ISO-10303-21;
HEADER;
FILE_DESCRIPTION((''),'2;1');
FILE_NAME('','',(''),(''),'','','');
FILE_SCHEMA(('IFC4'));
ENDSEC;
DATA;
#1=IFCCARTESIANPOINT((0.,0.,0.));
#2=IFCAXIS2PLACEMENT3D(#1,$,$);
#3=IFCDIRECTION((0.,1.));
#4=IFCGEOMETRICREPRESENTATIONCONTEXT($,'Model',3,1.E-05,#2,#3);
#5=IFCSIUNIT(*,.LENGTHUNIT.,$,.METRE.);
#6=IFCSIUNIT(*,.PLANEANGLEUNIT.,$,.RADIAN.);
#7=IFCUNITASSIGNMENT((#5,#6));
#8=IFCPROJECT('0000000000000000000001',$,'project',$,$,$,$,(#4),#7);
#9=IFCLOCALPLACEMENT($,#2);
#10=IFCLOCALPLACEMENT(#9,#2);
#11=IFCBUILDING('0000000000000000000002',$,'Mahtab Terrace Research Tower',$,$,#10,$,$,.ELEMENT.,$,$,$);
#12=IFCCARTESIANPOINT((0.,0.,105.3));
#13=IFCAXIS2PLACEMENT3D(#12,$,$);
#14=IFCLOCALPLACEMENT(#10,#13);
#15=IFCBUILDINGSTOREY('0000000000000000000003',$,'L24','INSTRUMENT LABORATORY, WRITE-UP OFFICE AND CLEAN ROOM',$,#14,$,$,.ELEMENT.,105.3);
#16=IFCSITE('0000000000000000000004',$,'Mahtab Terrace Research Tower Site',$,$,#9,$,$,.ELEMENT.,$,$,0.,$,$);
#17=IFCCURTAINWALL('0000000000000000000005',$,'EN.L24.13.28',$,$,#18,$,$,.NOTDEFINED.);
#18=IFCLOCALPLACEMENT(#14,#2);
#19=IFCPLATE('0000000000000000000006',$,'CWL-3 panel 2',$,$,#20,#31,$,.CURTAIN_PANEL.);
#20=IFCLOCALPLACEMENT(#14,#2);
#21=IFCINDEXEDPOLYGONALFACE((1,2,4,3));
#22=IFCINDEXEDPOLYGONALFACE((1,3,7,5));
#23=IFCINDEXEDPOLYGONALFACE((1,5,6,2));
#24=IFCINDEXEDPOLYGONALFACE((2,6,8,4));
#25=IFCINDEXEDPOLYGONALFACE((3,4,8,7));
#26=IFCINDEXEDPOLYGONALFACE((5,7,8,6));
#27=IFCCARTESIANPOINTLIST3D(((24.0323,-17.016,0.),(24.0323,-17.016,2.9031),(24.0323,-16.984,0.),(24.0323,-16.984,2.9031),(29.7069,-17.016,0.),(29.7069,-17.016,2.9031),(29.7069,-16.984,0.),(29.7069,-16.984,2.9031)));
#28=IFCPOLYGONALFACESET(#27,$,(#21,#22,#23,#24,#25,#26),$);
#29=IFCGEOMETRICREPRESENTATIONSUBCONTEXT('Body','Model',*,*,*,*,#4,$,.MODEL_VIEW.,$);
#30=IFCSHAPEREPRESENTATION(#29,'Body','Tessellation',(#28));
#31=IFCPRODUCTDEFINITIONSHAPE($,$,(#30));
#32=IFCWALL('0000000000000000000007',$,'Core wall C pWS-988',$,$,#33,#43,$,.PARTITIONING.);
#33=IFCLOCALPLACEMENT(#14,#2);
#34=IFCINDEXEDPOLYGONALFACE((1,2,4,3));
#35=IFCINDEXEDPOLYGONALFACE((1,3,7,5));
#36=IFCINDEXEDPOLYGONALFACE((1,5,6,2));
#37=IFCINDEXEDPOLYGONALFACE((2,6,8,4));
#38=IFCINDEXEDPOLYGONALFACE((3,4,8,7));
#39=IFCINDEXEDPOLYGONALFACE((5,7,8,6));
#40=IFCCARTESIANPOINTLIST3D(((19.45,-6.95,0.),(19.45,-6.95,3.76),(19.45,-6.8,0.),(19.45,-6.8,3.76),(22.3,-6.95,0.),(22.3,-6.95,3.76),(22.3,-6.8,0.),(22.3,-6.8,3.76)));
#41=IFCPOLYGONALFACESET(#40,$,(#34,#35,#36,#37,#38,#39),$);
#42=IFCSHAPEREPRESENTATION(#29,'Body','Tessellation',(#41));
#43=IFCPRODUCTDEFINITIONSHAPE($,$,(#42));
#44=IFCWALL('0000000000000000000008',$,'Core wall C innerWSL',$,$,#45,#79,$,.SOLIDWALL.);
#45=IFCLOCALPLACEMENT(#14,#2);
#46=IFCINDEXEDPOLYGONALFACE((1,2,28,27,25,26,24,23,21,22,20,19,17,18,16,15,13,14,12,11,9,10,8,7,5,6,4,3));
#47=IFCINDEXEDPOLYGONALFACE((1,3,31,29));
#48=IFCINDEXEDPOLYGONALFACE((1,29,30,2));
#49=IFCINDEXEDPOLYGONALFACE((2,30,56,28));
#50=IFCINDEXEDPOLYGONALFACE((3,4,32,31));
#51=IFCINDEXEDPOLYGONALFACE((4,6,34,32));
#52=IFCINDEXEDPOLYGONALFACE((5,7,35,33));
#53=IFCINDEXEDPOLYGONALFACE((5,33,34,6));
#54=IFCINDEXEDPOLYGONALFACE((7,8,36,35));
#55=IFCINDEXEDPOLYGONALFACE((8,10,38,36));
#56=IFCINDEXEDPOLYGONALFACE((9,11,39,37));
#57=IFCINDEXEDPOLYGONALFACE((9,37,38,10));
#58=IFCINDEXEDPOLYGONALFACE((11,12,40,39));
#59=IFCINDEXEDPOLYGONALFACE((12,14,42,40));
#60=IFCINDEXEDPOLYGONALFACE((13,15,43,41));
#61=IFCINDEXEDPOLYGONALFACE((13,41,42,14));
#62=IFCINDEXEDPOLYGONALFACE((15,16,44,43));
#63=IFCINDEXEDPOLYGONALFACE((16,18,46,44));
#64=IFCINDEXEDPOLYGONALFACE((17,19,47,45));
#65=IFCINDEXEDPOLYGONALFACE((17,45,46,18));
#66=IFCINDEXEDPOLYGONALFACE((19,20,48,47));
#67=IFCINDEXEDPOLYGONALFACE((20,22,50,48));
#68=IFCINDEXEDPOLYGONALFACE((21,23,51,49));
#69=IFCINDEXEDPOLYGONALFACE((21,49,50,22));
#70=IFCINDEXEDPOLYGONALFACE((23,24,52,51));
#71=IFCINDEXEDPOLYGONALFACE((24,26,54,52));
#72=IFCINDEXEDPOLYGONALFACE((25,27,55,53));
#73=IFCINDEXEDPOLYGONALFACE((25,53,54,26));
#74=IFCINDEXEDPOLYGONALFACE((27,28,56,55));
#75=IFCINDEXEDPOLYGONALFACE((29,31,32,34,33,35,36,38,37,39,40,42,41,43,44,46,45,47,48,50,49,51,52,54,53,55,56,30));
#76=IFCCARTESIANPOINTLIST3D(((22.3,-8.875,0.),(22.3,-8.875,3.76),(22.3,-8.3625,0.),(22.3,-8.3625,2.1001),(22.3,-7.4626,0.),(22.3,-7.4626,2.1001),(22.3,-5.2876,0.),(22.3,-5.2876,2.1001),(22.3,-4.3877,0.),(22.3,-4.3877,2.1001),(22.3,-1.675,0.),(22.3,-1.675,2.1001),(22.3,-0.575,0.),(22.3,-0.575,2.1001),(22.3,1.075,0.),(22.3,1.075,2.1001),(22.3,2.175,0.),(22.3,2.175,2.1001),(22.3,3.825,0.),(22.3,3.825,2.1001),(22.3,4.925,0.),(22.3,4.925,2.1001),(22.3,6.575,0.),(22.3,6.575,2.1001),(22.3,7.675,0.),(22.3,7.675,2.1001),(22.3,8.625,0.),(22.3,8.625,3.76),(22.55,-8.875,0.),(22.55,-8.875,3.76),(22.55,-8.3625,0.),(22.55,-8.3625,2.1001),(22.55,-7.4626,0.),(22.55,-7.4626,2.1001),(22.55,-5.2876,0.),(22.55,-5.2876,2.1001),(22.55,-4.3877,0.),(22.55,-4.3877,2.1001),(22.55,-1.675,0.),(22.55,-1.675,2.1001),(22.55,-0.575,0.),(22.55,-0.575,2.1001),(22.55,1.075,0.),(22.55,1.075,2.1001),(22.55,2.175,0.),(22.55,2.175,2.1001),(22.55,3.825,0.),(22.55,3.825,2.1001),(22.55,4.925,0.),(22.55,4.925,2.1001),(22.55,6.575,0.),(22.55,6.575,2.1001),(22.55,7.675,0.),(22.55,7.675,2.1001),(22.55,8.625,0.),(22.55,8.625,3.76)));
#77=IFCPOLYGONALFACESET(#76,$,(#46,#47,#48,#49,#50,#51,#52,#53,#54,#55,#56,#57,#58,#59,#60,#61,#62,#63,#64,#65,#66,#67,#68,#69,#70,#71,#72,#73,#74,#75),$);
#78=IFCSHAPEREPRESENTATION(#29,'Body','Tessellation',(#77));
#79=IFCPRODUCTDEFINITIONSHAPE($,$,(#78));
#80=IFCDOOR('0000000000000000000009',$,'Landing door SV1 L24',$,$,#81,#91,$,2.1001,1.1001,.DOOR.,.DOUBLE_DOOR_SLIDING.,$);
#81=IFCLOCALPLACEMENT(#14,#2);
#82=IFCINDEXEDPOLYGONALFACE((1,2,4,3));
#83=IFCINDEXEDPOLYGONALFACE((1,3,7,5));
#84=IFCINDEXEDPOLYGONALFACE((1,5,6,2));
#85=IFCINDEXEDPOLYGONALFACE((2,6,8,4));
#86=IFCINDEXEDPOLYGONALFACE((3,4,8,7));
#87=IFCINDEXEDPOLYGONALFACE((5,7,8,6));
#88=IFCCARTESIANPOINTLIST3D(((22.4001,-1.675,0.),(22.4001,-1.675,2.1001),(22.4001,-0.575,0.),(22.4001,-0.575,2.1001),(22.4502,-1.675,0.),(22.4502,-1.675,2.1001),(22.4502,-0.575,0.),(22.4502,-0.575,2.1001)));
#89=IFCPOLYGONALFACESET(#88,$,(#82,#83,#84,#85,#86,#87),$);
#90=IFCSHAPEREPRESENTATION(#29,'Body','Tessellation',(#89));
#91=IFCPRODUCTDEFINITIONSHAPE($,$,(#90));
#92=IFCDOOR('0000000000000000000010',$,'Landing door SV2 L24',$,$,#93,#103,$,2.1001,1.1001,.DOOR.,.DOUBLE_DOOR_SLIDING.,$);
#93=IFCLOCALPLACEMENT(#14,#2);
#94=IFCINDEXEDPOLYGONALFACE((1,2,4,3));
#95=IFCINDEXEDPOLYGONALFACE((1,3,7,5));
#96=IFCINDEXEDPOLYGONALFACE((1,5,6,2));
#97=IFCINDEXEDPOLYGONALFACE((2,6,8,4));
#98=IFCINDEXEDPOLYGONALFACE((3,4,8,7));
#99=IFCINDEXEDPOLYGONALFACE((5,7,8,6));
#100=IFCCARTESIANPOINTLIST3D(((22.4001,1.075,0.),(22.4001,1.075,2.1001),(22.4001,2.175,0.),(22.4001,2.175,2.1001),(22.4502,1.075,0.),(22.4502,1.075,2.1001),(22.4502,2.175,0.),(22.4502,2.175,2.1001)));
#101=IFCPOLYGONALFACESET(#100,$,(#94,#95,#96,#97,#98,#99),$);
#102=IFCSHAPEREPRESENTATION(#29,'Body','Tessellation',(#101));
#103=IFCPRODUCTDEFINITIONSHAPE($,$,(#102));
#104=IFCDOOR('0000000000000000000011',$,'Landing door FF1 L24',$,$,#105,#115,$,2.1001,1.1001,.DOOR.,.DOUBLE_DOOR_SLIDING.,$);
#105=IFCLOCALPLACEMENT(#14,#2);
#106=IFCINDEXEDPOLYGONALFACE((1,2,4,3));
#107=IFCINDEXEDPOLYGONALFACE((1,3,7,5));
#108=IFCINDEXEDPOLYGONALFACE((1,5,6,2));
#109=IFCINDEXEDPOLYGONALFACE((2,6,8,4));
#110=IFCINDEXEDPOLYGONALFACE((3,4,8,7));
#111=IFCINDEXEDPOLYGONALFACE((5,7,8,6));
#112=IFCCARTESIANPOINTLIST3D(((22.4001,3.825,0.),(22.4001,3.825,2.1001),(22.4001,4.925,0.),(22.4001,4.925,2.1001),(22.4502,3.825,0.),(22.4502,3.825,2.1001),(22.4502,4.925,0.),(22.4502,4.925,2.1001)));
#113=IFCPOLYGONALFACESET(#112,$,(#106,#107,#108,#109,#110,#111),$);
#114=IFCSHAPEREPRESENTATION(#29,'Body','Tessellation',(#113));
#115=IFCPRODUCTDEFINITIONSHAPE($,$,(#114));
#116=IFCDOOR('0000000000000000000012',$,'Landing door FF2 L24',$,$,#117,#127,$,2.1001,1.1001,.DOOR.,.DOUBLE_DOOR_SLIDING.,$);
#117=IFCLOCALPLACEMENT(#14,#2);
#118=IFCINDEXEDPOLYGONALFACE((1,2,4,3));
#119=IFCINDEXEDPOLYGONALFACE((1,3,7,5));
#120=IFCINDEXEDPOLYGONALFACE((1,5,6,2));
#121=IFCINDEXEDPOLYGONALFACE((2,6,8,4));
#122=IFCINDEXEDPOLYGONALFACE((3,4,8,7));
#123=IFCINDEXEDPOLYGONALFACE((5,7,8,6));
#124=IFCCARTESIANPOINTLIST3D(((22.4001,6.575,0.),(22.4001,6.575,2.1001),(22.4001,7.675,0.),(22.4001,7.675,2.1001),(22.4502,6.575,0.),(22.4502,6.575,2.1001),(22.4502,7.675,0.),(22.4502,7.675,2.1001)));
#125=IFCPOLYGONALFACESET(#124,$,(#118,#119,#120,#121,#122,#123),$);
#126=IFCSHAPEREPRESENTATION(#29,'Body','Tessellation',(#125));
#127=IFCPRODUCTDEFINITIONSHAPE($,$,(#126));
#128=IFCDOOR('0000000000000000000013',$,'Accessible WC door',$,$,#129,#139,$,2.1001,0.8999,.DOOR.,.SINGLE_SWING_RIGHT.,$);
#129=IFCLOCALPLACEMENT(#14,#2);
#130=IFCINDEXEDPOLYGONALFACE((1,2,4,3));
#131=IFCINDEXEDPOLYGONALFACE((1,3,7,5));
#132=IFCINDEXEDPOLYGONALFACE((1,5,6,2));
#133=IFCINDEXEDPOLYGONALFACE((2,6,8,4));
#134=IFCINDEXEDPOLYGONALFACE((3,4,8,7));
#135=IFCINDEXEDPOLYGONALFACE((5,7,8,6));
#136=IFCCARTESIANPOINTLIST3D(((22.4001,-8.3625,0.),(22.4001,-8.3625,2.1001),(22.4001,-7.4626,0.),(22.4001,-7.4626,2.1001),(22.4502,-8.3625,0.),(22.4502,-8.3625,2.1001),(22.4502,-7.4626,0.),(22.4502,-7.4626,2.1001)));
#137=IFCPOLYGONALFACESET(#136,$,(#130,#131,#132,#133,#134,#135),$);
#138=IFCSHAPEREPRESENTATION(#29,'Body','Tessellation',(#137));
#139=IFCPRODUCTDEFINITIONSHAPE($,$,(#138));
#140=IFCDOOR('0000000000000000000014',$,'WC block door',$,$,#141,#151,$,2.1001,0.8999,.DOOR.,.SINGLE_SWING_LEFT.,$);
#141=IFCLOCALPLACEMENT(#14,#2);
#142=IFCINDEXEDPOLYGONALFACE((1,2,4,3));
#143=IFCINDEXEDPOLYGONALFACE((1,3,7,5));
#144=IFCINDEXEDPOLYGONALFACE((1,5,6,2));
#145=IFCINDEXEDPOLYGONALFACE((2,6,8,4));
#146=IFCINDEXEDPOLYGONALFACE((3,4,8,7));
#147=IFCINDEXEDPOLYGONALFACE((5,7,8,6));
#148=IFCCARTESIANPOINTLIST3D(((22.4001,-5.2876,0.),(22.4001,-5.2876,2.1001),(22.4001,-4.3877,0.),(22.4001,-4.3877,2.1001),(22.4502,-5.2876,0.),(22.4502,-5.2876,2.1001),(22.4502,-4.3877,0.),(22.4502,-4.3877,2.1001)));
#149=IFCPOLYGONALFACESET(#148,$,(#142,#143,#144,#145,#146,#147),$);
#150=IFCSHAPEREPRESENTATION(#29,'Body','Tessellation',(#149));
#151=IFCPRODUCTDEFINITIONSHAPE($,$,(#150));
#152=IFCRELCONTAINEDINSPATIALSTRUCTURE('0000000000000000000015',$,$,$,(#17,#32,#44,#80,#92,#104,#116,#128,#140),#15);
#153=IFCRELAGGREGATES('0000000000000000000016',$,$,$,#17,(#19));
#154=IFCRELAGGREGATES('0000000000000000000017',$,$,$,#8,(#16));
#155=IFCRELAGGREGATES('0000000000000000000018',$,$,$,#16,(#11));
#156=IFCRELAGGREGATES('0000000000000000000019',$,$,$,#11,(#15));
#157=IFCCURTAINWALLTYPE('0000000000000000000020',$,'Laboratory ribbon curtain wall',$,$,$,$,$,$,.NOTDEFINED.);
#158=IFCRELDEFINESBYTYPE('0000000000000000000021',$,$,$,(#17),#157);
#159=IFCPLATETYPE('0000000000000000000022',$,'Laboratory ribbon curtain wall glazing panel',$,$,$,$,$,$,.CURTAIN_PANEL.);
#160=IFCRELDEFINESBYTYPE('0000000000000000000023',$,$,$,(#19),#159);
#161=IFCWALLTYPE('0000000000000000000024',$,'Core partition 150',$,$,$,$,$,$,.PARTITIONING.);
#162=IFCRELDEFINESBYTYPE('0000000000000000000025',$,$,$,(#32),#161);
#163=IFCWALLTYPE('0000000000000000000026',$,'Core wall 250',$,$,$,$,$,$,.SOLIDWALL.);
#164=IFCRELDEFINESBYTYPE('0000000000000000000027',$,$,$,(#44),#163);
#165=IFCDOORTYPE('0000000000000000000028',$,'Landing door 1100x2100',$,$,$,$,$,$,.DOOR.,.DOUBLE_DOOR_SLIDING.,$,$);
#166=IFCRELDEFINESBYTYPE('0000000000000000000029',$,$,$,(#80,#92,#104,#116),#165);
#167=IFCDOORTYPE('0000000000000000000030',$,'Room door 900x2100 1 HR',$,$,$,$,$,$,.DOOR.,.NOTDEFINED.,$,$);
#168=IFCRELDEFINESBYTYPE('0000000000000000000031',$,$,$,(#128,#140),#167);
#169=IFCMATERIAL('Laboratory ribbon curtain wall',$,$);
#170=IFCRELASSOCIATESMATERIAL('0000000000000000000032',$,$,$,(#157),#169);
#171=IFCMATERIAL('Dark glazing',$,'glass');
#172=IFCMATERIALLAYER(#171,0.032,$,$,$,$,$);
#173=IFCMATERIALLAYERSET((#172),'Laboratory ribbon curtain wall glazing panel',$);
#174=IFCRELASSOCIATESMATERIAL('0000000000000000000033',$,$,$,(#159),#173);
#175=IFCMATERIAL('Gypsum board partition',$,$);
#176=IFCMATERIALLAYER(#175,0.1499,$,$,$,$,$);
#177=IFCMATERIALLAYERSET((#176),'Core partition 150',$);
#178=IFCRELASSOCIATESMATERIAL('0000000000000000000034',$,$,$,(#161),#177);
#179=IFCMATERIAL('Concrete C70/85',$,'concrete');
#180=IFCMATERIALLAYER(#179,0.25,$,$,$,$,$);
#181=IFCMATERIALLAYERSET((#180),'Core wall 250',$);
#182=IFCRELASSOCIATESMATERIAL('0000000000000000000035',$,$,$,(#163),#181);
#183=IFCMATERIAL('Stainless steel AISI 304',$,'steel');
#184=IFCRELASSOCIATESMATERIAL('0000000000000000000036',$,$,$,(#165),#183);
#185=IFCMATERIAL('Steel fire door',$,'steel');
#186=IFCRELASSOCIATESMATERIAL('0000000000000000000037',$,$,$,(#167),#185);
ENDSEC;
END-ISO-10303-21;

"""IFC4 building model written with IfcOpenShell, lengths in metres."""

from ifc_helpers import new_model, si_unit, direction, frame, frame_2d, origin, origin_2d, place, context, subcontext, project, spatial, rectangle, extrude, material, layer, layer_set, type_object, element, fill, aggregate, save


model = new_model("IFC4")

# Units and contexts
model_context = context("Model", 3, precision=1e-05, world=origin(), true_north=direction((0.0, 1.0)))
body_context = subcontext(model_context, "Body", "Model", "MODEL_VIEW")
ifc_project = project(units=[si_unit("LENGTHUNIT", "METRE"), si_unit("PLANEANGLEUNIT", "RADIAN")], contexts=[model_context])

# Site, building, storey
site_placement = place(None, origin())
site = spatial("IfcSite", under=ifc_project, at=site_placement, Name="Mahtab Terrace Research Tower Site", CompositionType="ELEMENT", RefElevation=0.0)
building_placement = place(site_placement, origin())
building = spatial("IfcBuilding", under=site, at=building_placement, Name="Mahtab Terrace Research Tower", CompositionType="ELEMENT")
storey_placement = place(building_placement, frame((0.0, 0.0, 105.3)))
storey = spatial("IfcBuildingStorey", under=building, at=storey_placement, Name="L24", Description="INSTRUMENT LABORATORY, WRITE-UP OFFICE AND CLEAN ROOM", CompositionType="ELEMENT", Elevation=105.3)

# Shared definitions
ifc_material_1 = material(Name="Concrete C70/85", Category="concrete")

# Shared definitions
ifc_material_2 = material(Name="Laboratory ribbon curtain wall")
curtain_wall_type = type_object("IfcCurtainWallType", Name="Laboratory ribbon curtain wall", PredefinedType="NOTDEFINED", material=ifc_material_2)

# Curtain wall
curtain_wall_1_placement = place(storey_placement, origin())
curtain_wall_1 = element("IfcCurtainWall", 1, at=curtain_wall_1_placement, inside=storey, type_object=curtain_wall_type, Name="EN.L24.13.28", PredefinedType="NOTDEFINED")

# Plate
ifc_material_3 = material(Name="Dark glazing", Category="glass")
ifc_layer_1 = layer(ifc_material_3, 0.032)
ifc_layer_set_1 = layer_set([ifc_layer_1], Name="Laboratory ribbon curtain wall glazing panel")
plate_type = type_object("IfcPlateType", Name="Laboratory ribbon curtain wall glazing panel", PredefinedType="CURTAIN_PANEL", material=ifc_layer_set_1)
plate_1_placement = place(storey_placement, frame((26.8696, -17.0, 0.0), z_axis=(0.0, 0.0, 1.0), x_axis=(1.0, 0.0, 0.0)))
plate_1 = element("IfcPlate", 2, at=plate_1_placement, type_object=plate_type, Name="CWL-3 panel 2", PredefinedType="CURTAIN_PANEL", context=body_context, shape_type="SweptSolid", body=[
    extrude(rectangle(XDim=5.6746, YDim=0.032, at=origin_2d()), origin(), (0.0, 0.0, 1.0), 2.9031),
])
aggregate(curtain_wall_1, [plate_1])

# Wall
ifc_material_4 = material(Name="Gypsum board partition")
ifc_layer_2 = layer(ifc_material_4, 0.1499)
ifc_layer_set_2 = layer_set([ifc_layer_2], Name="Core partition 150")
wall_type_1 = type_object("IfcWallType", Name="Core partition 150", PredefinedType="PARTITIONING", material=ifc_layer_set_2)
wall_1_placement = place(storey_placement, frame((19.45, -6.875, 0.0), z_axis=(0.0, 0.0, 1.0), x_axis=(1.0, 0.0, 0.0)))
element("IfcWall", 3, at=wall_1_placement, inside=storey, type_object=wall_type_1, Name="Core wall C pWS-988", PredefinedType="PARTITIONING", context=body_context, shape_type="SweptSolid", body=[
    extrude(rectangle(XDim=2.8501, YDim=0.1499, at=frame_2d((1.425, 0.0))), origin(), (0.0, 0.0, 1.0), 3.76),
])

# Wall, openings, doors
ifc_layer_3 = layer(ifc_material_1, 0.25)
ifc_layer_set_3 = layer_set([ifc_layer_3], Name="Core wall 250")
wall_type_2 = type_object("IfcWallType", Name="Core wall 250", PredefinedType="SOLIDWALL", material=ifc_layer_set_3)
wall_2_placement = place(storey_placement, frame((22.425, -8.875, 0.0), z_axis=(0.0, 0.0, 1.0), x_axis=(0.0, 1.0, 0.0)))
wall_2 = element("IfcWall", 4, at=wall_2_placement, inside=storey, type_object=wall_type_2, Name="Core wall C innerWSL", PredefinedType="SOLIDWALL", context=body_context, shape_type="SweptSolid", body=[
    extrude(rectangle(XDim=17.5, YDim=0.25, at=frame_2d((8.75, 0.0))), origin(), (0.0, 0.0, 1.0), 3.76),
])
opening_1_placement = place(wall_2_placement, frame((7.2, 0.0, 0.0)))
opening_1 = element("IfcOpeningElement", 5, at=opening_1_placement, cuts=wall_2, PredefinedType="OPENING", context=body_context, shape_type="SweptSolid", body=[
    extrude(rectangle(XDim=1.1001, YDim=2.1001, at=frame_2d((0.55, 1.05))), frame((0.0, 0.135, 0.0), z_axis=(0.0, -1.0, 0.0), x_axis=(1.0, 0.0, 0.0)), (0.0, 0.0, 1.0), 0.27),
])
opening_2_placement = place(wall_2_placement, frame((9.95, 0.0, 0.0)))
opening_2 = element("IfcOpeningElement", 6, at=opening_2_placement, cuts=wall_2, PredefinedType="OPENING", context=body_context, shape_type="SweptSolid", body=[
    extrude(rectangle(XDim=1.1001, YDim=2.1001, at=frame_2d((0.55, 1.05))), frame((0.0, 0.135, 0.0), z_axis=(0.0, -1.0, 0.0), x_axis=(1.0, 0.0, 0.0)), (0.0, 0.0, 1.0), 0.27),
])
opening_3_placement = place(wall_2_placement, frame((12.7, 0.0, 0.0)))
opening_3 = element("IfcOpeningElement", 7, at=opening_3_placement, cuts=wall_2, PredefinedType="OPENING", context=body_context, shape_type="SweptSolid", body=[
    extrude(rectangle(XDim=1.1001, YDim=2.1001, at=frame_2d((0.55, 1.05))), frame((0.0, 0.135, 0.0), z_axis=(0.0, -1.0, 0.0), x_axis=(1.0, 0.0, 0.0)), (0.0, 0.0, 1.0), 0.27),
])
opening_4_placement = place(wall_2_placement, frame((15.45, 0.0, 0.0)))
opening_4 = element("IfcOpeningElement", 8, at=opening_4_placement, cuts=wall_2, PredefinedType="OPENING", context=body_context, shape_type="SweptSolid", body=[
    extrude(rectangle(XDim=1.1001, YDim=2.1001, at=frame_2d((0.55, 1.05))), frame((0.0, 0.135, 0.0), z_axis=(0.0, -1.0, 0.0), x_axis=(1.0, 0.0, 0.0)), (0.0, 0.0, 1.0), 0.27),
])
opening_5_placement = place(wall_2_placement, frame((0.5125, 0.0, 0.0)))
opening_5 = element("IfcOpeningElement", 9, at=opening_5_placement, cuts=wall_2, PredefinedType="OPENING", context=body_context, shape_type="SweptSolid", body=[
    extrude(rectangle(XDim=0.8999, YDim=2.1001, at=frame_2d((0.45, 1.05))), frame((0.0, 0.135, 0.0), z_axis=(0.0, -1.0, 0.0), x_axis=(1.0, 0.0, 0.0)), (0.0, 0.0, 1.0), 0.27),
])
opening_6_placement = place(wall_2_placement, frame((3.5874, 0.0, 0.0)))
opening_6 = element("IfcOpeningElement", 10, at=opening_6_placement, cuts=wall_2, PredefinedType="OPENING", context=body_context, shape_type="SweptSolid", body=[
    extrude(rectangle(XDim=0.8999, YDim=2.1001, at=frame_2d((0.45, 1.05))), frame((0.0, 0.135, 0.0), z_axis=(0.0, -1.0, 0.0), x_axis=(1.0, 0.0, 0.0)), (0.0, 0.0, 1.0), 0.27),
])
ifc_material_5 = material(Name="Stainless steel AISI 304", Category="steel")
door_type_1 = type_object("IfcDoorType", Name="Landing door 1100x2100", OperationType="DOUBLE_DOOR_SLIDING", PredefinedType="DOOR", material=ifc_material_5)
door_1_placement = place(opening_1_placement, origin())
door_1 = element("IfcDoor", 11, at=door_1_placement, inside=storey, type_object=door_type_1, Name="Landing door SV1 L24", OperationType="DOUBLE_DOOR_SLIDING", OverallHeight=2.1001, OverallWidth=1.1001, PredefinedType="DOOR", context=body_context, shape_type="SweptSolid", body=[
    extrude(rectangle(XDim=1.1001, YDim=2.1001, at=frame_2d((0.55, 1.05))), frame((0.0, 0.0249, 0.0), z_axis=(0.0, -1.0, 0.0), x_axis=(1.0, 0.0, 0.0)), (0.0, 0.0, 1.0), 0.05),
])
fill(opening_1, door_1)
door_2_placement = place(opening_2_placement, origin())
door_2 = element("IfcDoor", 12, at=door_2_placement, inside=storey, type_object=door_type_1, Name="Landing door SV2 L24", OperationType="DOUBLE_DOOR_SLIDING", OverallHeight=2.1001, OverallWidth=1.1001, PredefinedType="DOOR", context=body_context, shape_type="SweptSolid", body=[
    extrude(rectangle(XDim=1.1001, YDim=2.1001, at=frame_2d((0.55, 1.05))), frame((0.0, 0.0249, 0.0), z_axis=(0.0, -1.0, 0.0), x_axis=(1.0, 0.0, 0.0)), (0.0, 0.0, 1.0), 0.05),
])
fill(opening_2, door_2)
door_3_placement = place(opening_3_placement, origin())
door_3 = element("IfcDoor", 13, at=door_3_placement, inside=storey, type_object=door_type_1, Name="Landing door FF1 L24", OperationType="DOUBLE_DOOR_SLIDING", OverallHeight=2.1001, OverallWidth=1.1001, PredefinedType="DOOR", context=body_context, shape_type="SweptSolid", body=[
    extrude(rectangle(XDim=1.1001, YDim=2.1001, at=frame_2d((0.55, 1.05))), frame((0.0, 0.0249, 0.0), z_axis=(0.0, -1.0, 0.0), x_axis=(1.0, 0.0, 0.0)), (0.0, 0.0, 1.0), 0.05),
])
fill(opening_3, door_3)
door_4_placement = place(opening_4_placement, origin())
door_4 = element("IfcDoor", 14, at=door_4_placement, inside=storey, type_object=door_type_1, Name="Landing door FF2 L24", OperationType="DOUBLE_DOOR_SLIDING", OverallHeight=2.1001, OverallWidth=1.1001, PredefinedType="DOOR", context=body_context, shape_type="SweptSolid", body=[
    extrude(rectangle(XDim=1.1001, YDim=2.1001, at=frame_2d((0.55, 1.05))), frame((0.0, 0.0249, 0.0), z_axis=(0.0, -1.0, 0.0), x_axis=(1.0, 0.0, 0.0)), (0.0, 0.0, 1.0), 0.05),
])
fill(opening_4, door_4)
ifc_material_6 = material(Name="Steel fire door", Category="steel")
door_type_2 = type_object("IfcDoorType", Name="Room door 900x2100 1 HR", OperationType="NOTDEFINED", PredefinedType="DOOR", material=ifc_material_6)
door_5_placement = place(opening_5_placement, origin())
door_5 = element("IfcDoor", 15, at=door_5_placement, inside=storey, type_object=door_type_2, Name="Accessible WC door", OperationType="SINGLE_SWING_RIGHT", OverallHeight=2.1001, OverallWidth=0.8999, PredefinedType="DOOR", context=body_context, shape_type="SweptSolid", body=[
    extrude(rectangle(XDim=0.8999, YDim=2.1001, at=frame_2d((0.45, 1.05))), frame((0.0, 0.0249, 0.0), z_axis=(0.0, -1.0, 0.0), x_axis=(1.0, 0.0, 0.0)), (0.0, 0.0, 1.0), 0.05),
])
fill(opening_5, door_5)
door_6_placement = place(opening_6_placement, origin())
door_6 = element("IfcDoor", 16, at=door_6_placement, inside=storey, type_object=door_type_2, Name="WC block door", OperationType="SINGLE_SWING_LEFT", OverallHeight=2.1001, OverallWidth=0.8999, PredefinedType="DOOR", context=body_context, shape_type="SweptSolid", body=[
    extrude(rectangle(XDim=0.8999, YDim=2.1001, at=frame_2d((0.45, 1.05))), frame((0.0, 0.0249, 0.0), z_axis=(0.0, -1.0, 0.0), x_axis=(1.0, 0.0, 0.0)), (0.0, 0.0, 1.0), 0.05),
])
fill(opening_6, door_6)

save(model, "model.ifc")
